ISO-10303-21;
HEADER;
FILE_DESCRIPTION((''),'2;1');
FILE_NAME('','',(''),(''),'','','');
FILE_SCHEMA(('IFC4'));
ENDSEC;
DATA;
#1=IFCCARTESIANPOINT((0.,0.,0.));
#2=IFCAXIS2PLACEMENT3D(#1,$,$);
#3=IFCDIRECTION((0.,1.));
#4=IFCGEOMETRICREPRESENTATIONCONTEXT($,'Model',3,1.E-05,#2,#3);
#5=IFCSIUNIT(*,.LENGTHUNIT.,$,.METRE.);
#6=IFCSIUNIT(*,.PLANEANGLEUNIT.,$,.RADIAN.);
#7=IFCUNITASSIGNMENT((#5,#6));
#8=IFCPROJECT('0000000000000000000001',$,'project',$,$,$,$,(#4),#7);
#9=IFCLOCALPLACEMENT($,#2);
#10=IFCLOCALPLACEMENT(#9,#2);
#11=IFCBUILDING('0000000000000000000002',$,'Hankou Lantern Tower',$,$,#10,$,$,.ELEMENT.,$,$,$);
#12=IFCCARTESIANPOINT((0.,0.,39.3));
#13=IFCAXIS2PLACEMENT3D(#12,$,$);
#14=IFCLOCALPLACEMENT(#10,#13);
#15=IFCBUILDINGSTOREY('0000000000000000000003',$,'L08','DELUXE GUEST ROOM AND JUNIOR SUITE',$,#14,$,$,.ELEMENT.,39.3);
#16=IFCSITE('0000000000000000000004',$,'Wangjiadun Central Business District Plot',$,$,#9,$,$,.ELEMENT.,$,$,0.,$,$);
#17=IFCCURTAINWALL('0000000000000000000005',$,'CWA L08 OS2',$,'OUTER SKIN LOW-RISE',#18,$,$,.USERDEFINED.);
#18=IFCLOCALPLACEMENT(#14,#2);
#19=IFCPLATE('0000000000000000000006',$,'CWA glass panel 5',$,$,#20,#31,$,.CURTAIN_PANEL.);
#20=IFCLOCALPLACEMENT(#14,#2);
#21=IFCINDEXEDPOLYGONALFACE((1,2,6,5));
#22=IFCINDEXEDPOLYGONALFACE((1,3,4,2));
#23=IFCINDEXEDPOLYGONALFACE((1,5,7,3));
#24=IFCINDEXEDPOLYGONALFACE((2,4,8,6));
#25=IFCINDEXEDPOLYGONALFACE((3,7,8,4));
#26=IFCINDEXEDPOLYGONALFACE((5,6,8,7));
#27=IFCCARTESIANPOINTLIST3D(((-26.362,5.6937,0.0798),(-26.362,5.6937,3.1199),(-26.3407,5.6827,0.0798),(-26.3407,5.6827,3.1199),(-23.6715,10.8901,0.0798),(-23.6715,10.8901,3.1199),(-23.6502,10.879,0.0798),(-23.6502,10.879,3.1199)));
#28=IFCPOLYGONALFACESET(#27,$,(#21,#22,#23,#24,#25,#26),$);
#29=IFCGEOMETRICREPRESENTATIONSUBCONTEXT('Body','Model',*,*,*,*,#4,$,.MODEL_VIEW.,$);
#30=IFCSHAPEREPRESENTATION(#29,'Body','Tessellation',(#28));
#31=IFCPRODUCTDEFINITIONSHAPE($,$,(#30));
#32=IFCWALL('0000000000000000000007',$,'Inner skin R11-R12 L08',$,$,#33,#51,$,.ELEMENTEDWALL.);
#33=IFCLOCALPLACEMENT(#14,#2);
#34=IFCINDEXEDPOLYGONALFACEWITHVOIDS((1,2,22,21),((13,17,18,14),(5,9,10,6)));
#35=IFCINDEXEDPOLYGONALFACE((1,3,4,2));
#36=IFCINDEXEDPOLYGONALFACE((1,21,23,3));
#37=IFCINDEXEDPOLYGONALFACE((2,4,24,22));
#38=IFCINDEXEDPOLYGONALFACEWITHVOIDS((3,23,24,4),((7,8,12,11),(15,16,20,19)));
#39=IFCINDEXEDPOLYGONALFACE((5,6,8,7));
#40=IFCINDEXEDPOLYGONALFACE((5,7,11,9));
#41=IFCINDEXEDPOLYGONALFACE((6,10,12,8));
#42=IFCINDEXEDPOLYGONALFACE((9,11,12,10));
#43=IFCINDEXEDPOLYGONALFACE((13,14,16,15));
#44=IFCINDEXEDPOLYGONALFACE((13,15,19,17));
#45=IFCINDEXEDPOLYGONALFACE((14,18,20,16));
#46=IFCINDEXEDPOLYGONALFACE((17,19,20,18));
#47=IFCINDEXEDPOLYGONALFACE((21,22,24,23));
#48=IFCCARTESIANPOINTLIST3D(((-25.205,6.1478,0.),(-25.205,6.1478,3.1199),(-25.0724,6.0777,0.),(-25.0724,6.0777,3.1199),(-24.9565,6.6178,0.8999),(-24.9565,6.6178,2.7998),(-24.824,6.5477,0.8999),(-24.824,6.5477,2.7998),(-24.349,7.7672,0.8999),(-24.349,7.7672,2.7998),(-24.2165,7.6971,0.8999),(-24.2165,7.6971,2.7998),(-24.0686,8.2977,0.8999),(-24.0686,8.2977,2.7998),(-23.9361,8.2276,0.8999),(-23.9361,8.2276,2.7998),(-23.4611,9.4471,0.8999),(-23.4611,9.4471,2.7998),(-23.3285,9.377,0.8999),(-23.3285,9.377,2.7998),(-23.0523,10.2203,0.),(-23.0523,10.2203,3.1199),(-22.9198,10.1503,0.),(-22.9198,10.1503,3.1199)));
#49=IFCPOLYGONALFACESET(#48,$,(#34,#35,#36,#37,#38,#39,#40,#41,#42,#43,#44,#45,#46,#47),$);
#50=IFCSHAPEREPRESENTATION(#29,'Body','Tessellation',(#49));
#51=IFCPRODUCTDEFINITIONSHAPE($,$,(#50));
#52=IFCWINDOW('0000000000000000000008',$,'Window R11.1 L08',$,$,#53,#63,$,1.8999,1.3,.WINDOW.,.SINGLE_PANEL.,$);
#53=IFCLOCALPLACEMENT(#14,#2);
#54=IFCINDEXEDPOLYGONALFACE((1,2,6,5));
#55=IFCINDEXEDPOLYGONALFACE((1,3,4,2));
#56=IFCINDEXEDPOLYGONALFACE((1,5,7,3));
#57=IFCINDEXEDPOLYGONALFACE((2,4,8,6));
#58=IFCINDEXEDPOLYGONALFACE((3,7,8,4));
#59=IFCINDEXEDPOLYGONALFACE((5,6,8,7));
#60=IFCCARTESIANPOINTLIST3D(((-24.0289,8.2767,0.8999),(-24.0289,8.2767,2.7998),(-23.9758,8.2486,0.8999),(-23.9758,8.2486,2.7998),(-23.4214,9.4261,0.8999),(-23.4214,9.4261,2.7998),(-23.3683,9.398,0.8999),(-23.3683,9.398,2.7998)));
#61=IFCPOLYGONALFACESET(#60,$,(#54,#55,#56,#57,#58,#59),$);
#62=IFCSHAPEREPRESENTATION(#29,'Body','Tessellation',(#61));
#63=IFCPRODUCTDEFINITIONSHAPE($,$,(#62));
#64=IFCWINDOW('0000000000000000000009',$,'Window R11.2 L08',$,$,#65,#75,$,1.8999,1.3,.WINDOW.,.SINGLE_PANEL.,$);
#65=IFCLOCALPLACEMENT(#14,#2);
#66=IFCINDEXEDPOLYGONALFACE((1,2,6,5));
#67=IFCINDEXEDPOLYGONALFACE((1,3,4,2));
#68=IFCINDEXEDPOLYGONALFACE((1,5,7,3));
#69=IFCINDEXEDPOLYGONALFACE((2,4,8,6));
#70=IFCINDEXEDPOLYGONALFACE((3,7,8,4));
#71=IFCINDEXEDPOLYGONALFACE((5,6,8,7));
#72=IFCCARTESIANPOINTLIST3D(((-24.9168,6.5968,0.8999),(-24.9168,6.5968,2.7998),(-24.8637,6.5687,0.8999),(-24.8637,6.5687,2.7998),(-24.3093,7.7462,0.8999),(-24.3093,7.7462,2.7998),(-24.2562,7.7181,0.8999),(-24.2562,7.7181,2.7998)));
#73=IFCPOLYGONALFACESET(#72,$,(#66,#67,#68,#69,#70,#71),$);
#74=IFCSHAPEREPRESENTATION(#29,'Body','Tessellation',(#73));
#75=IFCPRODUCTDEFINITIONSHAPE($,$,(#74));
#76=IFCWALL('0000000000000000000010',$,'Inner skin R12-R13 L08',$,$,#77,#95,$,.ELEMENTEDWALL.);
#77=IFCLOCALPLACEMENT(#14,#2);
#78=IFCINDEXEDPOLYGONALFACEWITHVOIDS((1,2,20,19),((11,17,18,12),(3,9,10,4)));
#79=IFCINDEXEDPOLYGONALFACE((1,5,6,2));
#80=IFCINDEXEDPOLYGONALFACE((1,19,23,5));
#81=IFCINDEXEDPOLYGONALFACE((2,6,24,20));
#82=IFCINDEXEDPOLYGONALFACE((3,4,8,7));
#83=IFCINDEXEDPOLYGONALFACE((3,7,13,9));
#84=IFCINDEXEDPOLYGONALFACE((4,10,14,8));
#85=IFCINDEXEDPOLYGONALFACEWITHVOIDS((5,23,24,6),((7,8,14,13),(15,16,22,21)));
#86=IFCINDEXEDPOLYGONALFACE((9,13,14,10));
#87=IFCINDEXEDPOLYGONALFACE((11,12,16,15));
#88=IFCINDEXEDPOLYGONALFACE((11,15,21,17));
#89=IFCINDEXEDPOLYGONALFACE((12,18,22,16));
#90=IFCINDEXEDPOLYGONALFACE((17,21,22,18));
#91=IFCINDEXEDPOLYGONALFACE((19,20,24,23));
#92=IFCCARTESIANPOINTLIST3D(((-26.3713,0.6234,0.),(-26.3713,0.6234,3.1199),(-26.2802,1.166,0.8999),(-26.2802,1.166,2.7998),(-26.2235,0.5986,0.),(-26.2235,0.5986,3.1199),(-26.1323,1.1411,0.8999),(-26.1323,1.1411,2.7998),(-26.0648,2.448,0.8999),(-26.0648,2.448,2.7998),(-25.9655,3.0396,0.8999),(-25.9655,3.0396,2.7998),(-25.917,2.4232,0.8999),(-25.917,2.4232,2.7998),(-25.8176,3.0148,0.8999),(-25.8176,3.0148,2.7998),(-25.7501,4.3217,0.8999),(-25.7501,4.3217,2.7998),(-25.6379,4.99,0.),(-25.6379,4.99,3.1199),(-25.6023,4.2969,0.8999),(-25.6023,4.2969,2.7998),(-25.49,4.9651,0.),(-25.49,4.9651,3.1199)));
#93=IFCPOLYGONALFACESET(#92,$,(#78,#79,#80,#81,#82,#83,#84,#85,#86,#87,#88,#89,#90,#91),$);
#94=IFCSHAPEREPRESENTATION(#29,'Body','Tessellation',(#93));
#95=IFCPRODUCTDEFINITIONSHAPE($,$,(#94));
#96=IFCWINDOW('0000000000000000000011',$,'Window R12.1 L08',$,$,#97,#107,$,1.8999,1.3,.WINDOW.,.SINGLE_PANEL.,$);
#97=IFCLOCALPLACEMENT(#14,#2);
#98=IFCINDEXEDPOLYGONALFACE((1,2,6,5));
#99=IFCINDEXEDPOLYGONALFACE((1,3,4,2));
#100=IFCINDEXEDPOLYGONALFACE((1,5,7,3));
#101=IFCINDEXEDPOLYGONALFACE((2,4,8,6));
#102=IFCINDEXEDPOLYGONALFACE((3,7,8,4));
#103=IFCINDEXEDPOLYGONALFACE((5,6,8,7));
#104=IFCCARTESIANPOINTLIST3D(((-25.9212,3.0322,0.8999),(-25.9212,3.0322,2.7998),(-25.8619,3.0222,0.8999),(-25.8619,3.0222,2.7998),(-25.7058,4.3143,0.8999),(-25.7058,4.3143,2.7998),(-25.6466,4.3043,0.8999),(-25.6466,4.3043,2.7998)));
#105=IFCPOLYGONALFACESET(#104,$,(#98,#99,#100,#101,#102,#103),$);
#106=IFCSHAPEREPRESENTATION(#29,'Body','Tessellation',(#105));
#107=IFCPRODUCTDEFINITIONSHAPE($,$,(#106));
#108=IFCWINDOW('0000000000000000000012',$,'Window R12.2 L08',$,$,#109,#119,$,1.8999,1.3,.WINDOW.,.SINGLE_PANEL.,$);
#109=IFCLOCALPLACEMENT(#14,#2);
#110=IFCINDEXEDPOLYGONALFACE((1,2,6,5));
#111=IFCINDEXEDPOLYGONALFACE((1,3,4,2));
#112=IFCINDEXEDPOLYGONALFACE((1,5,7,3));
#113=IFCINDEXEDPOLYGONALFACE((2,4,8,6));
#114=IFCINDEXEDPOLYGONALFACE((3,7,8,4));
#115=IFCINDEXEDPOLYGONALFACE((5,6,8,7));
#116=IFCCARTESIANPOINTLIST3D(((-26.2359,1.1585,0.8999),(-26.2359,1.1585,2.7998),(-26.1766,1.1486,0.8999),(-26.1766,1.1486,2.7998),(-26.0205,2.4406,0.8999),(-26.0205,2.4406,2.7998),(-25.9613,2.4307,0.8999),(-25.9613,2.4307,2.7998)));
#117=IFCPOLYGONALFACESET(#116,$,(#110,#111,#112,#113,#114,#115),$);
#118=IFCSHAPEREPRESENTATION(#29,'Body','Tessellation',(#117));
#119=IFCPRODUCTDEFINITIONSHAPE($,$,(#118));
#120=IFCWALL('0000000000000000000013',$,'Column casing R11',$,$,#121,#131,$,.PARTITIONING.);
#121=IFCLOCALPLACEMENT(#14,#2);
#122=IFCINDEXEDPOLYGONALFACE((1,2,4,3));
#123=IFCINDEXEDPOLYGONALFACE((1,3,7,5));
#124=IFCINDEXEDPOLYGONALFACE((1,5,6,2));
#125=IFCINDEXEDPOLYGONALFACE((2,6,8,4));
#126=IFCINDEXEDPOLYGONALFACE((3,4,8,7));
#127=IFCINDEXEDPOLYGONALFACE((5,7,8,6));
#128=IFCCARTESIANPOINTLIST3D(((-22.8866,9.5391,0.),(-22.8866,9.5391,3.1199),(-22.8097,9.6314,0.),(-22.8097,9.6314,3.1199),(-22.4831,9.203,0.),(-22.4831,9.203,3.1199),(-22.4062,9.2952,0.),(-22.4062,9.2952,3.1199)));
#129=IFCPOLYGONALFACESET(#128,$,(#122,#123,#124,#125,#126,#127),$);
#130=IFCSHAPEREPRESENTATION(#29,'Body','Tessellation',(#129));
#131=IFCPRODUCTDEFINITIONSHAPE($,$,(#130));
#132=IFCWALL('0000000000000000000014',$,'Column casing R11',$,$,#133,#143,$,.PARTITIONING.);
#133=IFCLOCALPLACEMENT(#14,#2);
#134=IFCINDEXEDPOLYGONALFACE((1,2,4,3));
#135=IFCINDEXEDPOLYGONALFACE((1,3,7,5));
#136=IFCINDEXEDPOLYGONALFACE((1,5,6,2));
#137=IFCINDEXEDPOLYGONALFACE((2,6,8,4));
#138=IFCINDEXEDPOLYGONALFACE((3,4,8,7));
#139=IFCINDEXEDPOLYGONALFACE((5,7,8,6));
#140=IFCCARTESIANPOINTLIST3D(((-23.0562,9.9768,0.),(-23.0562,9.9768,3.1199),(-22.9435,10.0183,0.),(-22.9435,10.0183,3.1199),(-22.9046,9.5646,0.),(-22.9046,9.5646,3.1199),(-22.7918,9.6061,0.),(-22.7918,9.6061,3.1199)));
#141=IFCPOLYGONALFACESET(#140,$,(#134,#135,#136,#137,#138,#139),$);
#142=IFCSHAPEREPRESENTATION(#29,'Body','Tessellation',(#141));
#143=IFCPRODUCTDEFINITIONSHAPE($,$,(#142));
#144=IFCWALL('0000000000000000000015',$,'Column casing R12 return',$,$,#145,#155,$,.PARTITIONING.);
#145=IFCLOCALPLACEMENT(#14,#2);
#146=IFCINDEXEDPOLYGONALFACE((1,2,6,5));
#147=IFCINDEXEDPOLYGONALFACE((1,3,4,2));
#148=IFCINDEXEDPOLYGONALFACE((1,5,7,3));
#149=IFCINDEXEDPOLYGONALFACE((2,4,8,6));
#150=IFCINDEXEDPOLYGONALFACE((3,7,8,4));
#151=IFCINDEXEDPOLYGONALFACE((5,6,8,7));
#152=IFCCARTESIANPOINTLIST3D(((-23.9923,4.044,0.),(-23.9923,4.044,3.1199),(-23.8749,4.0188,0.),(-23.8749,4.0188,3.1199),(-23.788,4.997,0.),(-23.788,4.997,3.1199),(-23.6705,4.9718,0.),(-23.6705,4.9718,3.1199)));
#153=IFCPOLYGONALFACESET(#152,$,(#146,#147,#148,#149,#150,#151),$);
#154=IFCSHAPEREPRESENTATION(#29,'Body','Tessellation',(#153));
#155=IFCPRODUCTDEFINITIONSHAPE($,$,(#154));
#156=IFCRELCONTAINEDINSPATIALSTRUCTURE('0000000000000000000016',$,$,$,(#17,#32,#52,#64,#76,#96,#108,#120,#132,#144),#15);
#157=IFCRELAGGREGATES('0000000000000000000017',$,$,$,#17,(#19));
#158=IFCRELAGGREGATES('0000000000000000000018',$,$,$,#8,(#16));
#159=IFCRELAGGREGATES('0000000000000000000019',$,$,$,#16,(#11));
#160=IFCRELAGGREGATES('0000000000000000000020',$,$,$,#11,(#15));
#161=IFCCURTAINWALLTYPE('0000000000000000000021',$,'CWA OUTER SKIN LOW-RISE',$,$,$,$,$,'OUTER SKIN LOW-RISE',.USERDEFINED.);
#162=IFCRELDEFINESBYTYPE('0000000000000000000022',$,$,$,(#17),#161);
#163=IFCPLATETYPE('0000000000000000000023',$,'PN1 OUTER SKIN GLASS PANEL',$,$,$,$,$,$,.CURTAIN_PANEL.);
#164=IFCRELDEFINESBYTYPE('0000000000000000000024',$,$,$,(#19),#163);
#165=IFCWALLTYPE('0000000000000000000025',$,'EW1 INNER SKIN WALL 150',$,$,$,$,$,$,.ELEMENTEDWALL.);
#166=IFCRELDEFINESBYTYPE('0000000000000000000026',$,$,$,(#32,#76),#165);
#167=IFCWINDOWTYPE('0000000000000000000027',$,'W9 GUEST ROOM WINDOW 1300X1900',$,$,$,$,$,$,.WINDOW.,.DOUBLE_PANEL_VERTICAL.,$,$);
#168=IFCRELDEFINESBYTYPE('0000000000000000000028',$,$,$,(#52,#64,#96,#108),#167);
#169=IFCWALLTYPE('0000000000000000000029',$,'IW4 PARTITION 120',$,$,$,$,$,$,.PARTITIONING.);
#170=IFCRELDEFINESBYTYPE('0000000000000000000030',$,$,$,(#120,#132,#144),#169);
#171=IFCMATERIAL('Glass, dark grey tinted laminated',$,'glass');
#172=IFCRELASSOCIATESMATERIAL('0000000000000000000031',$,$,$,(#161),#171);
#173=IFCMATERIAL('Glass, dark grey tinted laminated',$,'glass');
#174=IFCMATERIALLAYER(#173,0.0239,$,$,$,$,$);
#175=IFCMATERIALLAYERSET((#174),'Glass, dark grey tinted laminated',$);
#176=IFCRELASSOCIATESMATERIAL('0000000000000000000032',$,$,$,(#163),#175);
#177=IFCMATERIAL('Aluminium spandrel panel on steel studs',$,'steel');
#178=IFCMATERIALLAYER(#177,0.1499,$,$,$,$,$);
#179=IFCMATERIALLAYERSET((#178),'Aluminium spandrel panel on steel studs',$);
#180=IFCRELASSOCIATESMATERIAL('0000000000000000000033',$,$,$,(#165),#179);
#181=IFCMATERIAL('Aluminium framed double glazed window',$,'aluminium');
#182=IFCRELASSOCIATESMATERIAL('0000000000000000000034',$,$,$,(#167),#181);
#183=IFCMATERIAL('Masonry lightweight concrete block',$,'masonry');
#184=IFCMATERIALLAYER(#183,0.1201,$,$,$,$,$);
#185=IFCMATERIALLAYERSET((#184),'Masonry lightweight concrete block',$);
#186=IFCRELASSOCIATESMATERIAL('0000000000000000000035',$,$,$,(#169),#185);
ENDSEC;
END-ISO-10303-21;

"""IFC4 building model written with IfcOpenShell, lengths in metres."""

from ifc_helpers import new_model, si_unit, direction, frame, frame_2d, origin, origin_2d, place, context, subcontext, project, spatial, rectangle, extrude, material, layer, layer_set, type_object, element, fill, aggregate, save


model = new_model("IFC4")

# Units and contexts
model_context = context("Model", 3, precision=1e-05, world=origin(), true_north=direction((0.0, 1.0)))
body_context = subcontext(model_context, "Body", "Model", "MODEL_VIEW")
ifc_project = project(units=[si_unit("LENGTHUNIT", "METRE"), si_unit("PLANEANGLEUNIT", "RADIAN")], contexts=[model_context])

# Site, building, storey
site_placement = place(None, origin())
site = spatial("IfcSite", under=ifc_project, at=site_placement, Name="Wangjiadun Central Business District Plot", CompositionType="ELEMENT", RefElevation=0.0)
building_placement = place(site_placement, origin())
building = spatial("IfcBuilding", under=site, at=building_placement, Name="Hankou Lantern Tower", CompositionType="ELEMENT")
storey_placement = place(building_placement, frame((0.0, 0.0, 39.3)))
storey = spatial("IfcBuildingStorey", under=building, at=storey_placement, Name="L08", Description="DELUXE GUEST ROOM AND JUNIOR SUITE", CompositionType="ELEMENT", Elevation=39.3)

# Curtain wall
ifc_material_1 = material(Name="Glass, dark grey tinted laminated", Category="glass")
curtain_wall_type = type_object("IfcCurtainWallType", Name="CWA OUTER SKIN LOW-RISE", ElementType="OUTER SKIN LOW-RISE", PredefinedType="USERDEFINED", material=ifc_material_1)
curtain_wall_placement = place(storey_placement, origin())
curtain_wall = element("IfcCurtainWall", 1, at=curtain_wall_placement, inside=storey, type_object=curtain_wall_type, Name="CWA L08 OS2", ObjectType="OUTER SKIN LOW-RISE", PredefinedType="USERDEFINED")

# Plate
ifc_material_2 = material(Name="Glass, dark grey tinted laminated", Category="glass")
ifc_layer_1 = layer(ifc_material_2, 0.0239)
ifc_layer_set_1 = layer_set([ifc_layer_1], Name="Glass, dark grey tinted laminated")
plate_type = type_object("IfcPlateType", Name="PN1 OUTER SKIN GLASS PANEL", PredefinedType="CURTAIN_PANEL", material=ifc_layer_set_1)
plate_placement = place(storey_placement, frame((-25.0061, 8.2864, 0.0798), z_axis=(0.0, 0.0, 1.0), x_axis=(-0.459791, -0.888027, 0.0)))
plate = element("IfcPlate", 2, at=plate_placement, type_object=plate_type, Name="CWA glass panel 5", PredefinedType="CURTAIN_PANEL", context=body_context, shape_type="SweptSolid", body=[
    extrude(rectangle(XDim=5.8516, YDim=0.0239, at=origin_2d()), origin(), (0.0, 0.0, 1.0), 3.04),
])
aggregate(curtain_wall, [plate])

# Walls, openings, windows
ifc_material_3 = material(Name="Aluminium spandrel panel on steel studs", Category="steel")
ifc_layer_2 = layer(ifc_material_3, 0.1499)
ifc_layer_set_2 = layer_set([ifc_layer_2], Name="Aluminium spandrel panel on steel studs")
wall_type_1 = type_object("IfcWallType", Name="EW1 INNER SKIN WALL 150", PredefinedType="ELEMENTEDWALL", material=ifc_layer_set_2)
wall_1_placement = place(storey_placement, frame((-22.9861, 10.1853, 0.0), z_axis=(0.0, 0.0, 1.0), x_axis=(-0.467303, -0.884097, 0.0)))
wall_1 = element("IfcWall", 3, at=wall_1_placement, inside=storey, type_object=wall_type_1, Name="Inner skin R11-R12 L08", PredefinedType="ELEMENTEDWALL", context=body_context, shape_type="SweptSolid", body=[
    extrude(rectangle(XDim=4.6064, YDim=0.1499, at=frame_2d((2.3032, 0.0))), origin(), (0.0, 0.0, 1.0), 3.1199),
])
opening_1_placement = place(wall_1_placement, frame((0.8748, 0.0, 0.8999)))
opening_1 = element("IfcOpeningElement", 4, at=opening_1_placement, cuts=wall_1, PredefinedType="OPENING", context=body_context, shape_type="SweptSolid", body=[
    extrude(rectangle(XDim=1.3, YDim=1.8999, at=frame_2d((0.6499, 0.95))), frame((0.0, 0.085, 0.0), z_axis=(0.0, -1.0, 0.0), x_axis=(1.0, 0.0, 0.0)), (0.0, 0.0, 1.0), 0.1699),
])
opening_2_placement = place(wall_1_placement, frame((2.7749, 0.0, 0.8999)))
opening_2 = element("IfcOpeningElement", 5, at=opening_2_placement, cuts=wall_1, PredefinedType="OPENING", context=body_context, shape_type="SweptSolid", body=[
    extrude(rectangle(XDim=1.3, YDim=1.8999, at=frame_2d((0.6499, 0.95))), frame((0.0, 0.085, 0.0), z_axis=(0.0, -1.0, 0.0), x_axis=(1.0, 0.0, 0.0)), (0.0, 0.0, 1.0), 0.1699),
])
ifc_material_4 = material(Name="Aluminium framed double glazed window", Category="aluminium")
window_type = type_object("IfcWindowType", Name="W9 GUEST ROOM WINDOW 1300X1900", PartitioningType="DOUBLE_PANEL_VERTICAL", PredefinedType="WINDOW", material=ifc_material_4)
window_1_placement = place(opening_1_placement, origin())
window_1 = element("IfcWindow", 6, at=window_1_placement, inside=storey, type_object=window_type, Name="Window R11.1 L08", OverallHeight=1.8999, OverallWidth=1.3, PartitioningType="SINGLE_PANEL", PredefinedType="WINDOW", context=body_context, shape_type="SweptSolid", body=[
    extrude(rectangle(XDim=1.3, YDim=1.8999, at=frame_2d((0.6499, 0.95))), frame((0.0, 0.03, 0.0), z_axis=(0.0, -1.0, 0.0), x_axis=(1.0, 0.0, 0.0)), (0.0, 0.0, 1.0), 0.0601),
])
fill(opening_1, window_1)
window_2_placement = place(opening_2_placement, origin())
window_2 = element("IfcWindow", 7, at=window_2_placement, inside=storey, type_object=window_type, Name="Window R11.2 L08", OverallHeight=1.8999, OverallWidth=1.3, PartitioningType="SINGLE_PANEL", PredefinedType="WINDOW", context=body_context, shape_type="SweptSolid", body=[
    extrude(rectangle(XDim=1.3, YDim=1.8999, at=frame_2d((0.6499, 0.95))), frame((0.0, 0.03, 0.0), z_axis=(0.0, -1.0, 0.0), x_axis=(1.0, 0.0, 0.0)), (0.0, 0.0, 1.0), 0.0601),
])
fill(opening_2, window_2)
wall_2_placement = place(storey_placement, frame((-25.564, 4.9775, 0.0), z_axis=(0.0, 0.0, 1.0), x_axis=(-0.165642, -0.986186, 0.0)))
wall_2 = element("IfcWall", 8, at=wall_2_placement, inside=storey, type_object=wall_type_1, Name="Inner skin R12-R13 L08", PredefinedType="ELEMENTEDWALL", context=body_context, shape_type="SweptSolid", body=[
    extrude(rectangle(XDim=4.4277, YDim=0.1499, at=frame_2d((2.2139, 0.0))), origin(), (0.0, 0.0, 1.0), 3.1199),
])
opening_3_placement = place(wall_2_placement, frame((0.6777, 0.0, 0.8999)))
opening_3 = element("IfcOpeningElement", 9, at=opening_3_placement, cuts=wall_2, PredefinedType="OPENING", context=body_context, shape_type="SweptSolid", body=[
    extrude(rectangle(XDim=1.3, YDim=1.8999, at=frame_2d((0.6499, 0.95))), frame((0.0, 0.085, 0.0), z_axis=(0.0, -1.0, 0.0), x_axis=(1.0, 0.0, 0.0)), (0.0, 0.0, 1.0), 0.1699),
])
opening_4_placement = place(wall_2_placement, frame((2.5776, 0.0, 0.8999)))
opening_4 = element("IfcOpeningElement", 10, at=opening_4_placement, cuts=wall_2, PredefinedType="OPENING", context=body_context, shape_type="SweptSolid", body=[
    extrude(rectangle(XDim=1.3, YDim=1.8999, at=frame_2d((0.6499, 0.95))), frame((0.0, 0.085, 0.0), z_axis=(0.0, -1.0, 0.0), x_axis=(1.0, 0.0, 0.0)), (0.0, 0.0, 1.0), 0.1699),
])
window_3_placement = place(opening_3_placement, origin())
window_3 = element("IfcWindow", 11, at=window_3_placement, inside=storey, type_object=window_type, Name="Window R12.1 L08", OverallHeight=1.8999, OverallWidth=1.3, PartitioningType="SINGLE_PANEL", PredefinedType="WINDOW", context=body_context, shape_type="SweptSolid", body=[
    extrude(rectangle(XDim=1.3, YDim=1.8999, at=frame_2d((0.6499, 0.95))), frame((0.0, 0.03, 0.0), z_axis=(0.0, -1.0, 0.0), x_axis=(1.0, 0.0, 0.0)), (0.0, 0.0, 1.0), 0.0601),
])
fill(opening_3, window_3)
window_4_placement = place(opening_4_placement, origin())
window_4 = element("IfcWindow", 12, at=window_4_placement, inside=storey, type_object=window_type, Name="Window R12.2 L08", OverallHeight=1.8999, OverallWidth=1.3, PartitioningType="SINGLE_PANEL", PredefinedType="WINDOW", context=body_context, shape_type="SweptSolid", body=[
    extrude(rectangle(XDim=1.3, YDim=1.8999, at=frame_2d((0.6499, 0.95))), frame((0.0, 0.03, 0.0), z_axis=(0.0, -1.0, 0.0), x_axis=(1.0, 0.0, 0.0)), (0.0, 0.0, 1.0), 0.0601),
])
fill(opening_4, window_4)

# Walls
ifc_material_5 = material(Name="Masonry lightweight concrete block", Category="masonry")
ifc_layer_3 = layer(ifc_material_5, 0.1201)
ifc_layer_set_3 = layer_set([ifc_layer_3], Name="Masonry lightweight concrete block")
wall_type_2 = type_object("IfcWallType", Name="IW4 PARTITION 120", PredefinedType="PARTITIONING", material=ifc_layer_set_3)
wall_3_placement = place(storey_placement, frame((-22.4446, 9.249, 0.0), z_axis=(0.0, 0.0, 1.0), x_axis=(-0.768336, 0.640047, 0.0)))
element("IfcWall", 13, at=wall_3_placement, inside=storey, type_object=wall_type_2, Name="Column casing R11", PredefinedType="PARTITIONING", context=body_context, shape_type="SweptSolid", body=[
    extrude(rectangle(XDim=0.5251, YDim=0.1201, at=frame_2d((0.2627, 0.0))), origin(), (0.0, 0.0, 1.0), 3.1199),
])
wall_4_placement = place(storey_placement, frame((-22.8481, 9.5852, 0.0), z_axis=(0.0, 0.0, 1.0), x_axis=(-0.345267, 0.938504, 0.0)))
element("IfcWall", 14, at=wall_4_placement, inside=storey, type_object=wall_type_2, Name="Column casing R11", PredefinedType="PARTITIONING", context=body_context, shape_type="SweptSolid", body=[
    extrude(rectangle(XDim=0.4392, YDim=0.1201, at=frame_2d((0.2197, 0.0))), origin(), (0.0, 0.0, 1.0), 3.1199),
])
wall_5_placement = place(storey_placement, frame((-23.7292, 4.9844, 0.0), z_axis=(0.0, 0.0, 1.0), x_axis=(-0.209683, -0.977769, 0.0)))
element("IfcWall", 15, at=wall_5_placement, inside=storey, type_object=wall_type_2, Name="Column casing R12 return", PredefinedType="PARTITIONING", context=body_context, shape_type="SweptSolid", body=[
    extrude(rectangle(XDim=0.9746, YDim=0.1201, at=frame_2d((0.4873, 0.0))), origin(), (0.0, 0.0, 1.0), 3.1199),
])

save(model, "model.ifc")
